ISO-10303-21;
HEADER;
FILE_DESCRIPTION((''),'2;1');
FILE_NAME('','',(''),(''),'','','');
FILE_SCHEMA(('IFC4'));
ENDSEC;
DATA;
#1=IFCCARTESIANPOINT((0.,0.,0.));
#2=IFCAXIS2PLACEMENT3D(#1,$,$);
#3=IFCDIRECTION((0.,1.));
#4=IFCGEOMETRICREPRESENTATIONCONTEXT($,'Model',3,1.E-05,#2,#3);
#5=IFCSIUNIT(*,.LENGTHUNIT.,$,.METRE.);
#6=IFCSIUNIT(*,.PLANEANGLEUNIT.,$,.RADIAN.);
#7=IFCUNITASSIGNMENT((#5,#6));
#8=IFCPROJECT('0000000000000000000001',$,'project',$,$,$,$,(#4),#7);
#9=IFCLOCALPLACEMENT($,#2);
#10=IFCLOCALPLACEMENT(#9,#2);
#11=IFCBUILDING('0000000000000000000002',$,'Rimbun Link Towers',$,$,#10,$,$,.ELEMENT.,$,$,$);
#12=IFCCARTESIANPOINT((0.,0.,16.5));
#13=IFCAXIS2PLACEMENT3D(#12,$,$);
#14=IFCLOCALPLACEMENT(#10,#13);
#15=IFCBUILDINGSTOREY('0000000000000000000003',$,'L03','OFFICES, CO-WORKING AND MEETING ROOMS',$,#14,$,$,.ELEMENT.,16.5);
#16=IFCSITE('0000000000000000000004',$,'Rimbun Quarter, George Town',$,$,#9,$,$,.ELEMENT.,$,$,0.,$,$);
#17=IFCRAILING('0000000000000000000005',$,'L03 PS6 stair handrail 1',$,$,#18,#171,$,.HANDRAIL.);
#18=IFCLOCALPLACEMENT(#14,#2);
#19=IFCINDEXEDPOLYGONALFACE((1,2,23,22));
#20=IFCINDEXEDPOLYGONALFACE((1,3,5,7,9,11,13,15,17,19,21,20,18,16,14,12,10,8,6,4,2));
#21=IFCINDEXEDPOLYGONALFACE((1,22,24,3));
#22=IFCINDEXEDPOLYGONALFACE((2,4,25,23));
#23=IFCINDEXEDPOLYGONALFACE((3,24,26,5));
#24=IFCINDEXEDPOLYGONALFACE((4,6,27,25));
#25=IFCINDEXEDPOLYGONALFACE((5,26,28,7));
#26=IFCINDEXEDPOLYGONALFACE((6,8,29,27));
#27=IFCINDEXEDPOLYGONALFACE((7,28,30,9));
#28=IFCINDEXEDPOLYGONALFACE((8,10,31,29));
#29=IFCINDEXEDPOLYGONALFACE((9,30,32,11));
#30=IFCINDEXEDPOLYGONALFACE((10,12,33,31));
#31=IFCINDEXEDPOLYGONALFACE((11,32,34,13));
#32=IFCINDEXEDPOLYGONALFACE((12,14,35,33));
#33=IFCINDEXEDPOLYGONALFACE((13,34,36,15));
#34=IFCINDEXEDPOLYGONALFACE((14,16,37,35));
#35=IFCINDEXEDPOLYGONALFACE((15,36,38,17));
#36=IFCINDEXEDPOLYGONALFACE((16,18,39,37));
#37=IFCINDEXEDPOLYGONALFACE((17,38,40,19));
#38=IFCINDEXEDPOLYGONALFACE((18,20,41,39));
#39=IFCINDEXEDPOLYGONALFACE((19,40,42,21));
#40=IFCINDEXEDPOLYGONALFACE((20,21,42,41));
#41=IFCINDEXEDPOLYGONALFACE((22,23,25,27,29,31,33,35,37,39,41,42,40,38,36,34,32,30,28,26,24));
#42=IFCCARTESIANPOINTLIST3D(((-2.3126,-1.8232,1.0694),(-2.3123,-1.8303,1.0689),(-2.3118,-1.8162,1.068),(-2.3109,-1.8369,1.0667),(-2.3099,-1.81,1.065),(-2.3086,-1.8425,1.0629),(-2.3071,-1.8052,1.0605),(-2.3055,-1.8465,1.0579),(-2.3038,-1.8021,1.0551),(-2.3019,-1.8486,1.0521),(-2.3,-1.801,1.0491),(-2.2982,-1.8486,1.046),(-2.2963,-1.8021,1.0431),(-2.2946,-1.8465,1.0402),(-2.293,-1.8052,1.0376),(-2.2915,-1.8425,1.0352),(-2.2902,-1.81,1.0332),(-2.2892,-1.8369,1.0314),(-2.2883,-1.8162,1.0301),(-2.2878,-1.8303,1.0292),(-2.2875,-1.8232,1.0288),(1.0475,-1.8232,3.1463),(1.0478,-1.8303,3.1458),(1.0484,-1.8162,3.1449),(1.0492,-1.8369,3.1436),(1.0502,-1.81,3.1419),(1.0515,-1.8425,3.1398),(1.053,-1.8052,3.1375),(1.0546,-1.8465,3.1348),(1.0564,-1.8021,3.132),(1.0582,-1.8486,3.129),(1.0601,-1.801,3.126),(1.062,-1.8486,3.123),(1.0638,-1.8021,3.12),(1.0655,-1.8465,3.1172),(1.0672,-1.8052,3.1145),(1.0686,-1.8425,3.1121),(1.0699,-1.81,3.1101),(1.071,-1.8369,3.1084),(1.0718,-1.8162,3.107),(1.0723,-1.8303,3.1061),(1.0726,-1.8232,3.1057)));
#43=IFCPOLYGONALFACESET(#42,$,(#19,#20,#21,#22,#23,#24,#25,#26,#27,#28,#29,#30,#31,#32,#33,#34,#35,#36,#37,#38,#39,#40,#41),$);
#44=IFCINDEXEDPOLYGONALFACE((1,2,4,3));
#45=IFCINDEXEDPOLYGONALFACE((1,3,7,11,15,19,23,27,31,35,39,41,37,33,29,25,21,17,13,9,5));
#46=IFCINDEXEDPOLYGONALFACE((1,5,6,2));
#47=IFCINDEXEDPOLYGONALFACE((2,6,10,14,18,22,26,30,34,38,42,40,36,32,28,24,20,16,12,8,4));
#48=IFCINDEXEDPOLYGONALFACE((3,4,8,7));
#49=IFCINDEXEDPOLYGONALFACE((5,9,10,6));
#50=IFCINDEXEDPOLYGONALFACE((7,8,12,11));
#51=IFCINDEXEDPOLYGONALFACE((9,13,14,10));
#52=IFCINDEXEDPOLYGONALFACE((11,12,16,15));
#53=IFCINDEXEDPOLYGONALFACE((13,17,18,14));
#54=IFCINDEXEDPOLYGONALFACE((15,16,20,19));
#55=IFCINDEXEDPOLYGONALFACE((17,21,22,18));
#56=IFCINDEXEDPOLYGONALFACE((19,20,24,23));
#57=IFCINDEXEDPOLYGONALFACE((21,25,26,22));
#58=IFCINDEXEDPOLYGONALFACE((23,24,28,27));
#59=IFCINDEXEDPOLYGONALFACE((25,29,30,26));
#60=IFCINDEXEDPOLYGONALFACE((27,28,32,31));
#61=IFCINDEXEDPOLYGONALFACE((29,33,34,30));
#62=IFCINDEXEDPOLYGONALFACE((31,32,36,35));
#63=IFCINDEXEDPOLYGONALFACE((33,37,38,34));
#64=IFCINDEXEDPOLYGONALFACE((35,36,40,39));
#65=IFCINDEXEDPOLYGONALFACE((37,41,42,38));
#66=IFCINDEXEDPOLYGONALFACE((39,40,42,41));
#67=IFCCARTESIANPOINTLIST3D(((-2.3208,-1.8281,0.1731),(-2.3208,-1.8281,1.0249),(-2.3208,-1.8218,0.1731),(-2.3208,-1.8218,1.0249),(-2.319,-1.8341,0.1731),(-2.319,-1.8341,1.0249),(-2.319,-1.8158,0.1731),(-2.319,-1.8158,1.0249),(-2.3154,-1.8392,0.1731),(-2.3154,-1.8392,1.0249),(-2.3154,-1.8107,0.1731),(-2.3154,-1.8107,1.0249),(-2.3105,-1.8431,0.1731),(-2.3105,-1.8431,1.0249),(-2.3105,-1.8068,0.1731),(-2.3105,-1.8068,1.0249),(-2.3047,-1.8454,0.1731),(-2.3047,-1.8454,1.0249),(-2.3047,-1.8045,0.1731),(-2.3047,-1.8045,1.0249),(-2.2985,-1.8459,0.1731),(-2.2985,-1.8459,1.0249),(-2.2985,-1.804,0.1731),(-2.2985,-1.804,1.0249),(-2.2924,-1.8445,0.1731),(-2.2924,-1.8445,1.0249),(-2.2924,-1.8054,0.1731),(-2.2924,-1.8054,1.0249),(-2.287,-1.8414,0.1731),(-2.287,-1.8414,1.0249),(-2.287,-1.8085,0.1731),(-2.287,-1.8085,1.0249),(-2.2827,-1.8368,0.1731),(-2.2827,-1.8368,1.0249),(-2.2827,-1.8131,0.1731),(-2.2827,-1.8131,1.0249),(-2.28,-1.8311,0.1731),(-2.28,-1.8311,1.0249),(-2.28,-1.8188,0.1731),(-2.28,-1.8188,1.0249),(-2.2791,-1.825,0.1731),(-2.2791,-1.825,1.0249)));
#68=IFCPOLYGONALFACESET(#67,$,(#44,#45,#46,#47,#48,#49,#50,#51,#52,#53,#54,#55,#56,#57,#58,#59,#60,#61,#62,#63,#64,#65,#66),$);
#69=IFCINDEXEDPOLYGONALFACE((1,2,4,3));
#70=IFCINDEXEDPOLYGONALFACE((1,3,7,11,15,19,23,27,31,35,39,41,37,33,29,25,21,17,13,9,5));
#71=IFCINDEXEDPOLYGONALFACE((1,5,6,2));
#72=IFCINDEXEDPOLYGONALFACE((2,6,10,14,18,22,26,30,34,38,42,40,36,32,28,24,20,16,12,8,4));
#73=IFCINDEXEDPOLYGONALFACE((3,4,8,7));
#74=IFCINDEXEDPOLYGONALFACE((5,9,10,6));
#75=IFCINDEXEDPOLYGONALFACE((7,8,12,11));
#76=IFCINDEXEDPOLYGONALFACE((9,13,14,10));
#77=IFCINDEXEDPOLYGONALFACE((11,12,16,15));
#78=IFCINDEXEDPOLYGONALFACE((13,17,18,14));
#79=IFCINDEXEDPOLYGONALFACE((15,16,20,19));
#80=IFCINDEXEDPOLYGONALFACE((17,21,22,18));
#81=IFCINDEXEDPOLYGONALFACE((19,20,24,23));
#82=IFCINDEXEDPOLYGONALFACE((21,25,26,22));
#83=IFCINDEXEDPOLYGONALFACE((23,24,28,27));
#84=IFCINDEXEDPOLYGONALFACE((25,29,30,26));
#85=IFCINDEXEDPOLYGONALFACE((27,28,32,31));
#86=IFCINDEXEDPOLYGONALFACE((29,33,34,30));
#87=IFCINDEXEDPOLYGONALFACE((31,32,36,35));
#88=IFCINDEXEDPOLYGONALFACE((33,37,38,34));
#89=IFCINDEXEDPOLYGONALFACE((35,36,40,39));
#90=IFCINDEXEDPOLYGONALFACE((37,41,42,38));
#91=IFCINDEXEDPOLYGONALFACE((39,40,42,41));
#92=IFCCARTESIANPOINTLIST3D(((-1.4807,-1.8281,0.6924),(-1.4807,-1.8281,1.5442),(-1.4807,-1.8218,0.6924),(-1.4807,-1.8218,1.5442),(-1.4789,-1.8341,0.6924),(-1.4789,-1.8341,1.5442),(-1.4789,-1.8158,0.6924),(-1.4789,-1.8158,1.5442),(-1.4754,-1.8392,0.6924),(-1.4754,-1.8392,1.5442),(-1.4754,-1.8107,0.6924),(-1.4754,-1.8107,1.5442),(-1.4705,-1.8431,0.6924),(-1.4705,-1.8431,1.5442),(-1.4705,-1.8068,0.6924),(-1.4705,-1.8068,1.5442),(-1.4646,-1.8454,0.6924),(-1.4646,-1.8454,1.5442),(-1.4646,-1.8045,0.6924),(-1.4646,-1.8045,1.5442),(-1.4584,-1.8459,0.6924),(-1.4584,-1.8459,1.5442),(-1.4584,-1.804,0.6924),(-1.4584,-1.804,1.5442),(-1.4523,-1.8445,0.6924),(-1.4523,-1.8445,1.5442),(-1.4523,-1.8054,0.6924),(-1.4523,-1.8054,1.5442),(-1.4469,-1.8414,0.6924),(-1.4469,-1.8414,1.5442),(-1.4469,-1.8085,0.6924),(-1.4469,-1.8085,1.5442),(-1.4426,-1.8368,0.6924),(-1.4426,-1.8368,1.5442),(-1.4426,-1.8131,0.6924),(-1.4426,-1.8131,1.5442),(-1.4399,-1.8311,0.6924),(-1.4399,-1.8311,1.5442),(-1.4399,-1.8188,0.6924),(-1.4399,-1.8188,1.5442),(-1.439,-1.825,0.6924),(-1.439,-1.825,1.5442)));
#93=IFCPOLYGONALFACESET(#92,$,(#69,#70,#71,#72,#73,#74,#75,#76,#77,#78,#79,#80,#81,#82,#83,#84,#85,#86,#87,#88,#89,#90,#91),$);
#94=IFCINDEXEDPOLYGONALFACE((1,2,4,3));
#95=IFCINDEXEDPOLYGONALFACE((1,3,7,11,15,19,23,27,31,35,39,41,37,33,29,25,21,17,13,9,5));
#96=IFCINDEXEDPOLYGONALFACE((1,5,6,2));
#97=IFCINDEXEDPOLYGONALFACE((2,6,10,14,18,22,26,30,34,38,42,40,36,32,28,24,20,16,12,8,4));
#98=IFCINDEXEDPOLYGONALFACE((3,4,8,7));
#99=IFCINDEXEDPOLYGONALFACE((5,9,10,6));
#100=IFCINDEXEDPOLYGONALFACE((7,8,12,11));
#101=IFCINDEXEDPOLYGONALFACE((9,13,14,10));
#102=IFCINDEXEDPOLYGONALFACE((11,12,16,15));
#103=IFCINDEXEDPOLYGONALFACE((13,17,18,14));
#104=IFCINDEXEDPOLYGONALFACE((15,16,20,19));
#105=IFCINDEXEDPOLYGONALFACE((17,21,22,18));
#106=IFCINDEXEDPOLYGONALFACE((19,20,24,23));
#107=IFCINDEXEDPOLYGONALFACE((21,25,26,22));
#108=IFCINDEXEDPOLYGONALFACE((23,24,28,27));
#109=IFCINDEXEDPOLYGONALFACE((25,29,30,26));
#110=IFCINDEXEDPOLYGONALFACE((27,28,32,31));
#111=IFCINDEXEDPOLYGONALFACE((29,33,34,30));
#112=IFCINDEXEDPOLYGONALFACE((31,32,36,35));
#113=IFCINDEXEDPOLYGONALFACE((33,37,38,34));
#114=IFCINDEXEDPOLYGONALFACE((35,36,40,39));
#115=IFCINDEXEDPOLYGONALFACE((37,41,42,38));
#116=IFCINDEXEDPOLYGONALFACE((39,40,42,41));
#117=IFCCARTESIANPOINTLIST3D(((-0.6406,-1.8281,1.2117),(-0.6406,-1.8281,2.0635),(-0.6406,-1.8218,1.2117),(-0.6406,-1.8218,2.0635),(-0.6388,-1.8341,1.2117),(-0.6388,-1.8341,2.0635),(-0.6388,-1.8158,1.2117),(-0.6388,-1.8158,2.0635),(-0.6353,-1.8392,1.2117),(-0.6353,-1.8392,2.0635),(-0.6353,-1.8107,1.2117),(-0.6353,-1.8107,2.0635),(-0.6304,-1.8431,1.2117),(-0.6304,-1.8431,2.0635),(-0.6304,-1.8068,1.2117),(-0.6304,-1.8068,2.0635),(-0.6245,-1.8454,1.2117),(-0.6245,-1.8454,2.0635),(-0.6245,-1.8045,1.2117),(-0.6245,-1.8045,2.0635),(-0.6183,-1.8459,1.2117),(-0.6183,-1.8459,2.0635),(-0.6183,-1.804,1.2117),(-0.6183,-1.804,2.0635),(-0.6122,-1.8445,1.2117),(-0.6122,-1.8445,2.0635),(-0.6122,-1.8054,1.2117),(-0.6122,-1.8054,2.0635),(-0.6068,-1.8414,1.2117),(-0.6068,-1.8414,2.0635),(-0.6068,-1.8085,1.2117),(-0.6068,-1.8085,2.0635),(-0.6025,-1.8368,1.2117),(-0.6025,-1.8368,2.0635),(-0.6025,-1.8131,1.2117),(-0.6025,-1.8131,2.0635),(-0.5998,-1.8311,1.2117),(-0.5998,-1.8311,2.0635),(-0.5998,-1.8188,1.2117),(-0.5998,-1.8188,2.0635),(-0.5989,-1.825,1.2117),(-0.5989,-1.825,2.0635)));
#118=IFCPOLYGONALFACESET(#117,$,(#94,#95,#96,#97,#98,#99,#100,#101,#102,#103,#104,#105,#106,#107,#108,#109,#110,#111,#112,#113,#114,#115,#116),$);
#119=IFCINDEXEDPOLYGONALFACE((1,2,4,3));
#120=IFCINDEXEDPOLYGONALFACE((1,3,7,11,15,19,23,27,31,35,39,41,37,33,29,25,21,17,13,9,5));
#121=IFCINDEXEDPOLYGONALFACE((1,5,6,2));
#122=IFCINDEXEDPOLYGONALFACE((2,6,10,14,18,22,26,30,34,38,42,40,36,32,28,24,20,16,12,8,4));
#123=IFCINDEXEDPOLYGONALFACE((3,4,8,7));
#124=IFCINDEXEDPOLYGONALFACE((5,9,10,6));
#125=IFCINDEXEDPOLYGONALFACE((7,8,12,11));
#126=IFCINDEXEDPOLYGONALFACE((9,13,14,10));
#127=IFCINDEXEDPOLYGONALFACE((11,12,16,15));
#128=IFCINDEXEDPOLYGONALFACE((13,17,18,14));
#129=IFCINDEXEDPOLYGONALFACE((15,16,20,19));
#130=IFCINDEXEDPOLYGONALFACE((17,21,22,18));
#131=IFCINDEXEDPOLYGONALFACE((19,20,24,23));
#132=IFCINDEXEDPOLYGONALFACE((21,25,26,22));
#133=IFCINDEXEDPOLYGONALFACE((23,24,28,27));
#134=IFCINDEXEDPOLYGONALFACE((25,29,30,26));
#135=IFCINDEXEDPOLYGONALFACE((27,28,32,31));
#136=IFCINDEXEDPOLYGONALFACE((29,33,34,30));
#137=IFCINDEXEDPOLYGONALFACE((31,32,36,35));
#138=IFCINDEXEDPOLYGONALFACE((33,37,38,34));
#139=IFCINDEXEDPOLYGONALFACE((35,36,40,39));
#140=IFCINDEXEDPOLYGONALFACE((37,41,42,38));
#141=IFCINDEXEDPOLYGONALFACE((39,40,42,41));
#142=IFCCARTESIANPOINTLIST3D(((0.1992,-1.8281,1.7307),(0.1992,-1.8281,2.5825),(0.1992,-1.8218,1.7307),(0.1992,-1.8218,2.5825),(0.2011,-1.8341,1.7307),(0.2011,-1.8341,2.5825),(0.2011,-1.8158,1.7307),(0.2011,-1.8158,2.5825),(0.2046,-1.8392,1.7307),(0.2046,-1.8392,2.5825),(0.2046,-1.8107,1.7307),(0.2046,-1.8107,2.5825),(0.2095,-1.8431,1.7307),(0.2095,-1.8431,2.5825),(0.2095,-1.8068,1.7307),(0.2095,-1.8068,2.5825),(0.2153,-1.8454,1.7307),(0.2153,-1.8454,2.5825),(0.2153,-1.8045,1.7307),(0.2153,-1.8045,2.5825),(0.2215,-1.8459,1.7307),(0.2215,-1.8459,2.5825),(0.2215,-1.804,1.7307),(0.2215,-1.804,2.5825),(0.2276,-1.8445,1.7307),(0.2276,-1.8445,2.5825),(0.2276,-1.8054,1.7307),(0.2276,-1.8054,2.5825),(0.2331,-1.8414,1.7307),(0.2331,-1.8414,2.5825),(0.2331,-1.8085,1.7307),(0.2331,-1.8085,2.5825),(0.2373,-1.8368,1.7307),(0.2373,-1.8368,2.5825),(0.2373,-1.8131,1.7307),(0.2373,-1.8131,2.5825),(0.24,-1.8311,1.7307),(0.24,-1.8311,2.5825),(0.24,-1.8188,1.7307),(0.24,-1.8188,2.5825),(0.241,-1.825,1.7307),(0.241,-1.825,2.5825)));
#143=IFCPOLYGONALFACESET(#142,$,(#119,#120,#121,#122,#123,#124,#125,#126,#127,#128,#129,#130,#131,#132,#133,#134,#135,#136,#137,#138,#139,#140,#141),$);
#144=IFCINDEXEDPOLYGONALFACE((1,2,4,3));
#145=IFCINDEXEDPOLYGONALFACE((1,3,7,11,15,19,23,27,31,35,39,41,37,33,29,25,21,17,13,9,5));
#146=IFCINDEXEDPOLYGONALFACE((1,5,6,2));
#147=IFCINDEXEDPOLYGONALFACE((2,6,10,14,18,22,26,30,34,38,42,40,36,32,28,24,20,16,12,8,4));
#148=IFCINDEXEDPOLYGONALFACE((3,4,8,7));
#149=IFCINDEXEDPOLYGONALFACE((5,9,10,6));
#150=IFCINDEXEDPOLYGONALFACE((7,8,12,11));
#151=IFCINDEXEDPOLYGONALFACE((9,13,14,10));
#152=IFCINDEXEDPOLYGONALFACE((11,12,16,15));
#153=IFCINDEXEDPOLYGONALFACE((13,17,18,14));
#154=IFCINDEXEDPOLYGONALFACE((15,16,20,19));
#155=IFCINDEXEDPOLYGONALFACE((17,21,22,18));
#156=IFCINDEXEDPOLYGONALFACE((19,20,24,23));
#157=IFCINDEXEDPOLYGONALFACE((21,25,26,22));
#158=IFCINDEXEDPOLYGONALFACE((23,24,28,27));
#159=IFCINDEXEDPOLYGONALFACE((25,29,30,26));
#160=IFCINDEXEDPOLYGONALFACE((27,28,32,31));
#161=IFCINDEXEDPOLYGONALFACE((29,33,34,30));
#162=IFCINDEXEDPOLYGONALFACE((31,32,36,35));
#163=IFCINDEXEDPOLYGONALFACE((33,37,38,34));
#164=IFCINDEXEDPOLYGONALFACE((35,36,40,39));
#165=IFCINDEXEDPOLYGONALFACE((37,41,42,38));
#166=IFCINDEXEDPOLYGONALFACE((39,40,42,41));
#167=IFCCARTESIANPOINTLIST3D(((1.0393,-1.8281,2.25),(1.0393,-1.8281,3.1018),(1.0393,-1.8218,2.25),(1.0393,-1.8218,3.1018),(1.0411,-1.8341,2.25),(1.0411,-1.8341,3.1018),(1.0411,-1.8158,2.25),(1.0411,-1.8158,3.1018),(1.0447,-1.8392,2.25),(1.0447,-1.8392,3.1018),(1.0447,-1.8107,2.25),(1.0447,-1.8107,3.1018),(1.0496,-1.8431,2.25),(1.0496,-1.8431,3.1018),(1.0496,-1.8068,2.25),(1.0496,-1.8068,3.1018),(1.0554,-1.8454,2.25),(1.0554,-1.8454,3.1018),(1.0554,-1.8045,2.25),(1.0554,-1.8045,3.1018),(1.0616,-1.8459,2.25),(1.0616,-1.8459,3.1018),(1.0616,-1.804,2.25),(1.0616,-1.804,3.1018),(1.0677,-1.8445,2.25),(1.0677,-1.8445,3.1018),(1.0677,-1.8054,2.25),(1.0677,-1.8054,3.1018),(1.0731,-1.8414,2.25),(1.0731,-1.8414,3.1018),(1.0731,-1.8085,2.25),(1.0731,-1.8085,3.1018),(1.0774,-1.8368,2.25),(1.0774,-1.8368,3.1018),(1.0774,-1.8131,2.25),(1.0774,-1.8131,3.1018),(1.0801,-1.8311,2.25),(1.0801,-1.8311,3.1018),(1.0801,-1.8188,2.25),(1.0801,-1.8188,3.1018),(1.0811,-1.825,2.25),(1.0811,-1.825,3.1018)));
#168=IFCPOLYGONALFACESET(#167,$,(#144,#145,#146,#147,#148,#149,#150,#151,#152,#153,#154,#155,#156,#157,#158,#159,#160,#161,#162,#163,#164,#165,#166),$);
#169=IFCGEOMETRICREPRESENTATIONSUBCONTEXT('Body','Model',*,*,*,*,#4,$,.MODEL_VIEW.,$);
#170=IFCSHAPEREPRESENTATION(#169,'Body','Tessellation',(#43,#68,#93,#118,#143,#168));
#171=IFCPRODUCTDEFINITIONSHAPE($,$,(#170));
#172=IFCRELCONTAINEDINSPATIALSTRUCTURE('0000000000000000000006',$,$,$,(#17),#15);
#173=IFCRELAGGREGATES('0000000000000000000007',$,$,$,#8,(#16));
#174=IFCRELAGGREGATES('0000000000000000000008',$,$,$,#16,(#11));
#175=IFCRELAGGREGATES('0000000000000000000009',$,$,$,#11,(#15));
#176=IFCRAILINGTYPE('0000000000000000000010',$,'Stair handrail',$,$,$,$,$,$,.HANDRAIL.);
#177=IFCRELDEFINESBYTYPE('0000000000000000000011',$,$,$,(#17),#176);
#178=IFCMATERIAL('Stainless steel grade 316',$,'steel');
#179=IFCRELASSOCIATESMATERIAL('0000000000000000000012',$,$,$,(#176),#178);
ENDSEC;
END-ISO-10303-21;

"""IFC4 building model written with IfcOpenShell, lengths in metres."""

from ifc_helpers import new_model, si_unit, direction, frame, origin, origin_2d, place, context, subcontext, project, spatial, circle, extrude, material, type_object, element, save


model = new_model("IFC4")

# Units and contexts
model_context = context("Model", 3, precision=1e-05, world=origin(), true_north=direction((0.0, 1.0)))
body_context = subcontext(model_context, "Body", "Model", "MODEL_VIEW")
ifc_project = project(units=[si_unit("LENGTHUNIT", "METRE"), si_unit("PLANEANGLEUNIT", "RADIAN")], contexts=[model_context])

# Site, building, storey
site_placement = place(None, origin())
site = spatial("IfcSite", under=ifc_project, at=site_placement, Name="Rimbun Quarter, George Town", CompositionType="ELEMENT", RefElevation=0.0)
building_placement = place(site_placement, origin())
building = spatial("IfcBuilding", under=site, at=building_placement, Name="Rimbun Link Towers", CompositionType="ELEMENT")
storey_placement = place(building_placement, frame((0.0, 0.0, 16.5)))
storey = spatial("IfcBuildingStorey", under=building, at=storey_placement, Name="L03", Description="OFFICES, CO-WORKING AND MEETING ROOMS", CompositionType="ELEMENT", Elevation=16.5)

# Railing
ifc_material_1 = material(Name="Stainless steel grade 316", Category="steel")
railing_type_1 = type_object("IfcRailingType", Name="Stair handrail", PredefinedType="HANDRAIL", material=ifc_material_1)
railing_1_placement = place(storey_placement, frame((-2.3, -1.825, 0.1731)))
element("IfcRailing", 1, at=railing_1_placement, inside=storey, type_object=railing_type_1, Name="L03 PS6 stair handrail 1", PredefinedType="HANDRAIL", context=body_context, shape_type="SweptSolid", body=[
    extrude(circle(Radius=0.0239, at=origin_2d()), frame((0.0, 0.0, 0.876), z_axis=(0.850623, 0.0, 0.525776), x_axis=(0.0, 1.0, 0.0)), (0.0, 0.0, 1.0), 3.9502),
    extrude(circle(Radius=0.021, at=origin_2d()), origin(), (0.0, 0.0, 1.0), 0.8518),
    extrude(circle(Radius=0.021, at=origin_2d()), frame((0.8401, 0.0, 0.5193)), (0.0, 0.0, 1.0), 0.8518),
    extrude(circle(Radius=0.021, at=origin_2d()), frame((1.6802, 0.0, 1.0386)), (0.0, 0.0, 1.0), 0.8518),
    extrude(circle(Radius=0.021, at=origin_2d()), frame((2.52, 0.0, 1.5576)), (0.0, 0.0, 1.0), 0.8518),
    extrude(circle(Radius=0.021, at=origin_2d()), frame((3.3601, 0.0, 2.0769)), (0.0, 0.0, 1.0), 0.8518),
])

save(model, "model.ifc")
